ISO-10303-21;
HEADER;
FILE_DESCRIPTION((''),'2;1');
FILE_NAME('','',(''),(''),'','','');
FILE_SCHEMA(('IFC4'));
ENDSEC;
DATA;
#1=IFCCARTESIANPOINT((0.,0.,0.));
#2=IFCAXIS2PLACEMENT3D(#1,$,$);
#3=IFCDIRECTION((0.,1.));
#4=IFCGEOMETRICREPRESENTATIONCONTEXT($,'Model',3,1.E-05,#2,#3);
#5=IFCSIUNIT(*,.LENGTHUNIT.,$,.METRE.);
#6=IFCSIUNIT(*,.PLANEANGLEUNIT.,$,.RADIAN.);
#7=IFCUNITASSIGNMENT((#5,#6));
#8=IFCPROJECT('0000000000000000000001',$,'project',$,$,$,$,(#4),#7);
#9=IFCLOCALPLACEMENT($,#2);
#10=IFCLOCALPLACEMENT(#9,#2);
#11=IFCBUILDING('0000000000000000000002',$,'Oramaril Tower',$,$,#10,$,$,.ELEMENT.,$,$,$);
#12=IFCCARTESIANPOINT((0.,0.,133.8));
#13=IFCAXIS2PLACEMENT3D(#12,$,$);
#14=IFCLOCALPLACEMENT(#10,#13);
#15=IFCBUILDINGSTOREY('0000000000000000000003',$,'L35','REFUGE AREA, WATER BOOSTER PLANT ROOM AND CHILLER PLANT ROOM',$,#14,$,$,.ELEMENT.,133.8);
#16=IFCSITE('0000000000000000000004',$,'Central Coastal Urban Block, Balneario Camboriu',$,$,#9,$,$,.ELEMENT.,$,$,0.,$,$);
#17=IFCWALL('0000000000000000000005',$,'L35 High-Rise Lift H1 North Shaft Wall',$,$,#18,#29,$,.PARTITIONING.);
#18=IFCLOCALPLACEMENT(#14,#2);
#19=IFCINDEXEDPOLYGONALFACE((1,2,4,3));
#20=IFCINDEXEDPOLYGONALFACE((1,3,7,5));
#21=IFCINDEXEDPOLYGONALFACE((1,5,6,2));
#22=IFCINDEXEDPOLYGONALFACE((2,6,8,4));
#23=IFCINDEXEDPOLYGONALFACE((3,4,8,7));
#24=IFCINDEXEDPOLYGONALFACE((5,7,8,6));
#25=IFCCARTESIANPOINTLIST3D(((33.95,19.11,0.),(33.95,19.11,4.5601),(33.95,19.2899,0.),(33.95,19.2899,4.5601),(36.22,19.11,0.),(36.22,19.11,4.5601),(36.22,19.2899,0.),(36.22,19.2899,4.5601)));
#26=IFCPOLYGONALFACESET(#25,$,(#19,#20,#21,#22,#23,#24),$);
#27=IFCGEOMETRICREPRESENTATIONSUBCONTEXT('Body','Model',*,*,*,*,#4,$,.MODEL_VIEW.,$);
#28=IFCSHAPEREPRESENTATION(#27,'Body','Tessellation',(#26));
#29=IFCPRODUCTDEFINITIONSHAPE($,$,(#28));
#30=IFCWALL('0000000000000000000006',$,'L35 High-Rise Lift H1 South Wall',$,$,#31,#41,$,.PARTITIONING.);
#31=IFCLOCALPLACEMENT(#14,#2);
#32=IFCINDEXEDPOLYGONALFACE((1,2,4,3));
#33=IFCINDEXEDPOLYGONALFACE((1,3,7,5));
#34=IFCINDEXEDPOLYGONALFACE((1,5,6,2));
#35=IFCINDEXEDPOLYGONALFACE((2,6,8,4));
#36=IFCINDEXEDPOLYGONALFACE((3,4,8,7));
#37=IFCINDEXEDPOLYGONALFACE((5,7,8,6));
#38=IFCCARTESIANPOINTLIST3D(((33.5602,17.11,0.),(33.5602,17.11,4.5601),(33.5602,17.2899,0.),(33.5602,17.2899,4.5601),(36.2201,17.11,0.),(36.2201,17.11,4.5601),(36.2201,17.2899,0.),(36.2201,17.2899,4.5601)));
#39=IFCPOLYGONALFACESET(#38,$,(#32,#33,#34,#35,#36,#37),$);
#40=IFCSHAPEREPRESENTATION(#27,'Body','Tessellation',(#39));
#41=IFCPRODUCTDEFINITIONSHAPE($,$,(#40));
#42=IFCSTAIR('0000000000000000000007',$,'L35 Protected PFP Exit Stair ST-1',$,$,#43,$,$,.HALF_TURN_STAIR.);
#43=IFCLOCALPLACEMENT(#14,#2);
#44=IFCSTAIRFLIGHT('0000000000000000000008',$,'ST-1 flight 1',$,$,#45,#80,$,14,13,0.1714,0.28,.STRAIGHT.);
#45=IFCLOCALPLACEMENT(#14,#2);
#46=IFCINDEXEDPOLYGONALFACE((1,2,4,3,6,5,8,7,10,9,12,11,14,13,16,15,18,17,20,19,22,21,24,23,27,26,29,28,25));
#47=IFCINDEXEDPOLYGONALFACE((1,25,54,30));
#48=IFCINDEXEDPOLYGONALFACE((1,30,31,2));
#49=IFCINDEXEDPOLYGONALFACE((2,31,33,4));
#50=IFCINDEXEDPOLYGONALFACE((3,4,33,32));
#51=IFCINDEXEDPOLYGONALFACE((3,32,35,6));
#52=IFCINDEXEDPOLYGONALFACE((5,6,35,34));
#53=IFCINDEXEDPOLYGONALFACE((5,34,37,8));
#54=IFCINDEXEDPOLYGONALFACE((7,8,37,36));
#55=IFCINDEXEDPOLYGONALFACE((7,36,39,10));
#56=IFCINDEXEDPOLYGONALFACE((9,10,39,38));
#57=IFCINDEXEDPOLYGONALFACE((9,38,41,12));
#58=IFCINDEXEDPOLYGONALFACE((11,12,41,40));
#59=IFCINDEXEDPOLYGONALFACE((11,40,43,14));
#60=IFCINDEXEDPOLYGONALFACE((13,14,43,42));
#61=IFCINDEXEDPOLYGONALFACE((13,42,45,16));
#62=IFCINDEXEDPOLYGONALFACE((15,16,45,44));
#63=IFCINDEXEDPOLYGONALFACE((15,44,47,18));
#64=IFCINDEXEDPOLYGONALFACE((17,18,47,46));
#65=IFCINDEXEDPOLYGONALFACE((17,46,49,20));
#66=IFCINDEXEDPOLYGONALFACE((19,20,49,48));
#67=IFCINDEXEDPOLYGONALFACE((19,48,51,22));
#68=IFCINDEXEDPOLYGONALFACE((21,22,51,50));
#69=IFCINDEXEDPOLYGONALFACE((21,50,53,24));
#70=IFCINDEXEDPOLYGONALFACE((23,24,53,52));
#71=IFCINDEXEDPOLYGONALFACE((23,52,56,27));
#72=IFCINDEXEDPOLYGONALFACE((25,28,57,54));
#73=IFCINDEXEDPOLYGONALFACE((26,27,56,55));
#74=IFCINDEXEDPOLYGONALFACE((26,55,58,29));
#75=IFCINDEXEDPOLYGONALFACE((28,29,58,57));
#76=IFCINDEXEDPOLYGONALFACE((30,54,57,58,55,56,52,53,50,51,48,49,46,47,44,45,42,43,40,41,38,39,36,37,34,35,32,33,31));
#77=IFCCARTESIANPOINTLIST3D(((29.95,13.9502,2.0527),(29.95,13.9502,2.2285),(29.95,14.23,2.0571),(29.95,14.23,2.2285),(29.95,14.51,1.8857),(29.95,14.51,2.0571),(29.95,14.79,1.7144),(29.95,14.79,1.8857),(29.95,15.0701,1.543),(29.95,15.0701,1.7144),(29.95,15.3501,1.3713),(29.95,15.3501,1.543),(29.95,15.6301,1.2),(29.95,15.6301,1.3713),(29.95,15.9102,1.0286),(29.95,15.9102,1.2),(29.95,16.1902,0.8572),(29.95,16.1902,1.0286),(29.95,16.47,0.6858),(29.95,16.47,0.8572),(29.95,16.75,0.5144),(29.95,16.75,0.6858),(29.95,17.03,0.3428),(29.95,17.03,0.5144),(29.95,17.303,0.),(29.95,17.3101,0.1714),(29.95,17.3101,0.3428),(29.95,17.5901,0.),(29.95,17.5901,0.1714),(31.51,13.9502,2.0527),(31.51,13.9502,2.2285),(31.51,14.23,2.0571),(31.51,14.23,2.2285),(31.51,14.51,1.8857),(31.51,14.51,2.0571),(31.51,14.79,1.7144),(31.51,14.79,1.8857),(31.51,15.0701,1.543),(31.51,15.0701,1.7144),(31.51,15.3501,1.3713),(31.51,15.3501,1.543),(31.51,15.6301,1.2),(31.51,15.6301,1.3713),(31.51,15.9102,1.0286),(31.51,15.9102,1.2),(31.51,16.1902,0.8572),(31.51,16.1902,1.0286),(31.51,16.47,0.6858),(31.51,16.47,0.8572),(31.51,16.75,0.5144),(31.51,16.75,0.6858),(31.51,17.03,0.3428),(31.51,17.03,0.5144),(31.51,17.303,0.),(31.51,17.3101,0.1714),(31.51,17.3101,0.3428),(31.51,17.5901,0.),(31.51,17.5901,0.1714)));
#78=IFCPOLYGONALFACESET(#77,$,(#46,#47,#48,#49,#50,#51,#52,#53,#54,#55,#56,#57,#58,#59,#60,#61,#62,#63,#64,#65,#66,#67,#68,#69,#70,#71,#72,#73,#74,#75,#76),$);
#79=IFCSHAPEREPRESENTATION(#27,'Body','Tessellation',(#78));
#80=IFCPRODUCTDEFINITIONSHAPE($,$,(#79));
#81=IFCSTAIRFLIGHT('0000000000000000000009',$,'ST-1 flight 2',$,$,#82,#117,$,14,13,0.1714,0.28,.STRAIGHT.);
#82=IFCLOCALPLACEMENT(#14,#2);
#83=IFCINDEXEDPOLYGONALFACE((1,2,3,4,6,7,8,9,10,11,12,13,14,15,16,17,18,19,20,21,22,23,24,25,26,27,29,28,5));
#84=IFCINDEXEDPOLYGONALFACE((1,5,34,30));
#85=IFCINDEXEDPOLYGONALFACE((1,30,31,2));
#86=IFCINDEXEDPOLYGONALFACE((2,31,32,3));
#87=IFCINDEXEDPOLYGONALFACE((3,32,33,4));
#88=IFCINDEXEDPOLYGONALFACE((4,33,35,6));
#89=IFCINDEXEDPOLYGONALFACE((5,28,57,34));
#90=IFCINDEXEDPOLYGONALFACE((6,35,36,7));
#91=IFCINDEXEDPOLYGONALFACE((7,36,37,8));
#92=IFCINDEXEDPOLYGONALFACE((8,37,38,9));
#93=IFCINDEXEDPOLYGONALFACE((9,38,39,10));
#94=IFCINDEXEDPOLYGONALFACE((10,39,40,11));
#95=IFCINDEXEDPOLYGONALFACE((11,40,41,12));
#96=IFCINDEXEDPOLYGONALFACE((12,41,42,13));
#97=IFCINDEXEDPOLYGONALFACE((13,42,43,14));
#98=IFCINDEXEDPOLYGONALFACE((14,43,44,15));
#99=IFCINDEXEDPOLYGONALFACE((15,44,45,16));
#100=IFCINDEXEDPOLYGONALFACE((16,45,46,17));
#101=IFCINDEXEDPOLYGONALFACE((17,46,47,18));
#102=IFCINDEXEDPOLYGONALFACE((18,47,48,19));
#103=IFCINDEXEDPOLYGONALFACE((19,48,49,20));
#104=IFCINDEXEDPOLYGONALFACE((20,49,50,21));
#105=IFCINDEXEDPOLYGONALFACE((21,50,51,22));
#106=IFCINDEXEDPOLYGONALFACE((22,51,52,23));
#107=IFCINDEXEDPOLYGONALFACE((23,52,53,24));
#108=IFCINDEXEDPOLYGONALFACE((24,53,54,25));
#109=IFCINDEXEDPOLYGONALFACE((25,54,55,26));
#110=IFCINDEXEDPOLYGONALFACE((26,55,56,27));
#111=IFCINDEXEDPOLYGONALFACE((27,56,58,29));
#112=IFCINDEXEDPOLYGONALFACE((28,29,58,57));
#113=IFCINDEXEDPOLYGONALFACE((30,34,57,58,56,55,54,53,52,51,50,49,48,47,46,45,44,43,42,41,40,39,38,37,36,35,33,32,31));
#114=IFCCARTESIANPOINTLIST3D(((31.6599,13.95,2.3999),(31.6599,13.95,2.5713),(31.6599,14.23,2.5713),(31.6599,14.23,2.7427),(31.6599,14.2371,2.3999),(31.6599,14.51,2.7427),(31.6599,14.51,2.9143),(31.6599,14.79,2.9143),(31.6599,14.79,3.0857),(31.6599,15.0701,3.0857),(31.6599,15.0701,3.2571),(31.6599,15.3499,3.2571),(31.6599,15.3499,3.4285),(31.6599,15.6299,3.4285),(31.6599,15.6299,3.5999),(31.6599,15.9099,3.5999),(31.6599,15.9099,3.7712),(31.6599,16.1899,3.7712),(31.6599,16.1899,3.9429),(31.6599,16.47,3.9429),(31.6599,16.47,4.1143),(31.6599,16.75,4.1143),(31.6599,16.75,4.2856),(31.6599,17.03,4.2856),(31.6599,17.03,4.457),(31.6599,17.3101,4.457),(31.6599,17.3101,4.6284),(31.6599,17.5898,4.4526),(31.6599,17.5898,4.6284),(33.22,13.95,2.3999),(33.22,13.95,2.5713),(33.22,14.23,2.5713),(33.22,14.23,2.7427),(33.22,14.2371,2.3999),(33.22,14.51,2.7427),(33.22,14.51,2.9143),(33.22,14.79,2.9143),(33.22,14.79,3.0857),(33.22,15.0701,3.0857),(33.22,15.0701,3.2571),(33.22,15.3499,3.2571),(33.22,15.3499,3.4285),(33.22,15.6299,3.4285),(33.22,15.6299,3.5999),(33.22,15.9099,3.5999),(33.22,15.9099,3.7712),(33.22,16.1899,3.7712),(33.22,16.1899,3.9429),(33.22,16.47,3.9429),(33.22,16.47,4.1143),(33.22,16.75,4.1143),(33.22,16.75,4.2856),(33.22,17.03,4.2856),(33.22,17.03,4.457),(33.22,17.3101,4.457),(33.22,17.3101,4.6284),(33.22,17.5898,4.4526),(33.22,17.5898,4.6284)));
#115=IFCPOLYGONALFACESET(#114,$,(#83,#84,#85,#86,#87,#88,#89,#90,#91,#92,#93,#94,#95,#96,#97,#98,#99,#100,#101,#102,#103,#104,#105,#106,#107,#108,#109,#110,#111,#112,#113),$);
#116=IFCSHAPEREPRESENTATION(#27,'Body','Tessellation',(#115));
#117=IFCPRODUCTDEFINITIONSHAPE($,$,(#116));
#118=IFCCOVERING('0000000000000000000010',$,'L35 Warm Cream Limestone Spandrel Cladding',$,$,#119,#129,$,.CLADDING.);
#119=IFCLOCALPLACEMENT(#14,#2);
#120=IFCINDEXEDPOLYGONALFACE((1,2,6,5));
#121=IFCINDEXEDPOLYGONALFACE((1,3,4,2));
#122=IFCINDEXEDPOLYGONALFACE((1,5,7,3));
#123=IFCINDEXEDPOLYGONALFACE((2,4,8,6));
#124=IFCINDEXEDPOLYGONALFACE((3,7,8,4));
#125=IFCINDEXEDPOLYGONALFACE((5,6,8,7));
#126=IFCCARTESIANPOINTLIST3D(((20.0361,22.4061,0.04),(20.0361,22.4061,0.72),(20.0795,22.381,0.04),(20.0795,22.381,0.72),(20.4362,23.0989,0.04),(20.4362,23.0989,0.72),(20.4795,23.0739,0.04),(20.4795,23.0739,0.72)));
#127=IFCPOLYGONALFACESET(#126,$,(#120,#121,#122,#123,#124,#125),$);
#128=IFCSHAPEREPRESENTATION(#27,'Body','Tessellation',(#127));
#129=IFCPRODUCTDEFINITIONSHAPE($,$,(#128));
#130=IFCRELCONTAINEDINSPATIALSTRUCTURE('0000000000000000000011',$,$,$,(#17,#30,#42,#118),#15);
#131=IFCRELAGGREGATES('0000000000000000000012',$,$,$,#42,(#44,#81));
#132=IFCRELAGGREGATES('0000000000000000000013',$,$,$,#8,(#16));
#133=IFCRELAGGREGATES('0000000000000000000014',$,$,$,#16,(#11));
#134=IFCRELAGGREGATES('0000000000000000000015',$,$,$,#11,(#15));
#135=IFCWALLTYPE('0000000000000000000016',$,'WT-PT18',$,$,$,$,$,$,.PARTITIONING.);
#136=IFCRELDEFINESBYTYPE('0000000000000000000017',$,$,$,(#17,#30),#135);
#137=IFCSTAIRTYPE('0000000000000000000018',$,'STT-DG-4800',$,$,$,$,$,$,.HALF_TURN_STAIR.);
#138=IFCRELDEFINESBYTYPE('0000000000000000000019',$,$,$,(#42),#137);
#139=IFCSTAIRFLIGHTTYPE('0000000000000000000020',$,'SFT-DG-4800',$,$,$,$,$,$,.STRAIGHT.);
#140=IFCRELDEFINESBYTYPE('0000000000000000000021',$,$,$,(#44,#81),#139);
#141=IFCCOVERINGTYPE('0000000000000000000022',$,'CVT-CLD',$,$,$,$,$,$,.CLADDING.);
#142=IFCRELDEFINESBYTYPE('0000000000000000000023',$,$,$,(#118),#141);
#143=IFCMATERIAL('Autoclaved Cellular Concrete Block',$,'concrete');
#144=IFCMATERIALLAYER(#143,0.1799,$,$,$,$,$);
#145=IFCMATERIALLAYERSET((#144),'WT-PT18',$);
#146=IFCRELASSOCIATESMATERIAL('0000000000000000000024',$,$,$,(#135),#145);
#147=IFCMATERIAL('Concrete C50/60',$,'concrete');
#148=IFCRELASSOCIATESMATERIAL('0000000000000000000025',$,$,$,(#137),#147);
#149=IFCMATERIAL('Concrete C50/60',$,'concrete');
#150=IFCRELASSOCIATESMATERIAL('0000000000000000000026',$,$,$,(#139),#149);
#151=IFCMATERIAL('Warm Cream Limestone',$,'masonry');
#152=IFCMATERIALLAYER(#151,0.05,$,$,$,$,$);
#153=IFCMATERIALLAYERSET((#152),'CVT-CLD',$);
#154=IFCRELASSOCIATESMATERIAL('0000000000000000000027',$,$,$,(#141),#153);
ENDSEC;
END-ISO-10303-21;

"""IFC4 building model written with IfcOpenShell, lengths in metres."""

from ifc_helpers import new_model, si_unit, direction, frame, frame_2d, origin, origin_2d, place, context, subcontext, project, spatial, polyline, rectangle, outline, extrude, material, layer, layer_set, type_object, element, aggregate, save


model = new_model("IFC4")

# Units and contexts
model_context = context("Model", 3, precision=1e-05, world=origin(), true_north=direction((0.0, 1.0)))
body_context = subcontext(model_context, "Body", "Model", "MODEL_VIEW")
ifc_project = project(units=[si_unit("LENGTHUNIT", "METRE"), si_unit("PLANEANGLEUNIT", "RADIAN")], contexts=[model_context])

# Site, building, storey
site_placement = place(None, origin())
site = spatial("IfcSite", under=ifc_project, at=site_placement, Name="Central Coastal Urban Block, Balneario Camboriu", CompositionType="ELEMENT", RefElevation=0.0)
building_placement = place(site_placement, origin())
building = spatial("IfcBuilding", under=site, at=building_placement, Name="Oramaril Tower", CompositionType="ELEMENT")
storey_placement = place(building_placement, frame((0.0, 0.0, 133.8)))
storey = spatial("IfcBuildingStorey", under=building, at=storey_placement, Name="L35", Description="REFUGE AREA, WATER BOOSTER PLANT ROOM AND CHILLER PLANT ROOM", CompositionType="ELEMENT", Elevation=133.8)

# Walls
ifc_material_1 = material(Name="Autoclaved Cellular Concrete Block", Category="concrete")
ifc_layer_1 = layer(ifc_material_1, 0.1799)
ifc_layer_set_1 = layer_set([ifc_layer_1], Name="WT-PT18")
wall_type_1 = type_object("IfcWallType", Name="WT-PT18", PredefinedType="PARTITIONING", material=ifc_layer_set_1)
wall_1_placement = place(storey_placement, frame((33.95, 19.2, 0.0), z_axis=(0.0, 0.0, 1.0), x_axis=(1.0, 0.0, 0.0)))
element("IfcWall", 1, at=wall_1_placement, inside=storey, type_object=wall_type_1, Name="L35 High-Rise Lift H1 North Shaft Wall", PredefinedType="PARTITIONING", context=body_context, shape_type="SweptSolid", body=[
    extrude(rectangle(XDim=2.27, YDim=0.1799, at=frame_2d((1.135, 0.0))), origin(), (0.0, 0.0, 1.0), 4.5601),
])
wall_2_placement = place(storey_placement, frame((33.5601, 17.2, 0.0), z_axis=(0.0, 0.0, 1.0), x_axis=(1.0, 0.0, 0.0)))
element("IfcWall", 2, at=wall_2_placement, inside=storey, type_object=wall_type_1, Name="L35 High-Rise Lift H1 South Wall", PredefinedType="PARTITIONING", context=body_context, shape_type="SweptSolid", body=[
    extrude(rectangle(XDim=2.6599, YDim=0.1799, at=frame_2d((1.3301, 0.0))), origin(), (0.0, 0.0, 1.0), 4.5601),
])

# Stair, stair flights
ifc_material_2 = material(Name="Concrete C50/60", Category="concrete")
stair_type = type_object("IfcStairType", Name="STT-DG-4800", PredefinedType="HALF_TURN_STAIR", material=ifc_material_2)
stair_placement = place(storey_placement, origin())
stair = element("IfcStair", 3, at=stair_placement, inside=storey, type_object=stair_type, Name="L35 Protected PFP Exit Stair ST-1", PredefinedType="HALF_TURN_STAIR")
ifc_material_3 = material(Name="Concrete C50/60", Category="concrete")
stair_flight_type = type_object("IfcStairFlightType", Name="SFT-DG-4800", PredefinedType="STRAIGHT", material=ifc_material_3)
stair_flight_1_placement = place(storey_placement, frame((30.73, 17.5901, 0.0), z_axis=(0.0, 0.0, 1.0), x_axis=(0.0, -1.0, 0.0)))
stair_flight_1 = element("IfcStairFlight", 4, at=stair_flight_1_placement, type_object=stair_flight_type, Name="ST-1 flight 1", NumberOfRisers=14, NumberOfTreads=13, PredefinedType="STRAIGHT", RiserHeight=0.1714, TreadLength=0.28, context=body_context, shape_type="SweptSolid", body=[
    extrude(outline(polyline([(0.0, 0.0), (0.0, 0.1714), (0.28, 0.1714), (0.28, 0.3428), (0.5601, 0.3428), (0.5601, 0.5144), (0.8401, 0.5144), (0.8401, 0.6858), (1.1201, 0.6858), (1.1201, 0.8572), (1.3999, 0.8572), (1.3999, 1.0286), (1.6799, 1.0286), (1.6799, 1.2), (1.96, 1.2), (1.96, 1.3713), (2.24, 1.3713), (2.24, 1.543), (2.52, 1.543), (2.52, 1.7144), (2.8, 1.7144), (2.8, 1.8857), (3.0801, 1.8857), (3.0801, 2.0571), (3.3601, 2.0571), (3.3601, 2.2285), (3.6399, 2.2285), (3.6399, 2.3999), (3.6399, 2.0527), (0.2871, 0.0), (0.0, 0.0)])), frame((0.0, 0.78, 0.0), z_axis=(0.0, -1.0, 0.0), x_axis=(1.0, 0.0, 0.0)), (0.0, 0.0, 1.0), 1.5601),
])
stair_flight_2_placement = place(storey_placement, frame((32.4399, 13.95, 2.3999), z_axis=(0.0, 0.0, 1.0), x_axis=(0.0, 1.0, 0.0)))
stair_flight_2 = element("IfcStairFlight", 5, at=stair_flight_2_placement, type_object=stair_flight_type, Name="ST-1 flight 2", NumberOfRisers=14, NumberOfTreads=13, PredefinedType="STRAIGHT", RiserHeight=0.1714, TreadLength=0.28, context=body_context, shape_type="SweptSolid", body=[
    extrude(outline(polyline([(0.0, 0.0), (0.0, 0.1714), (0.28, 0.1714), (0.28, 0.3428), (0.5601, 0.3428), (0.5601, 0.5144), (0.8401, 0.5144), (0.8401, 0.6858), (1.1201, 0.6858), (1.1201, 0.8572), (1.3999, 0.8572), (1.3999, 1.0286), (1.6799, 1.0286), (1.6799, 1.2), (1.96, 1.2), (1.96, 1.3713), (2.24, 1.3713), (2.24, 1.543), (2.52, 1.543), (2.52, 1.7144), (2.8, 1.7144), (2.8, 1.8857), (3.0801, 1.8857), (3.0801, 2.0571), (3.3601, 2.0571), (3.3601, 2.2285), (3.6399, 2.2285), (3.6399, 2.3999), (3.6399, 2.0527), (0.2871, 0.0), (0.0, 0.0)])), frame((0.0, 0.78, 0.0), z_axis=(0.0, -1.0, 0.0), x_axis=(1.0, 0.0, 0.0)), (0.0, 0.0, 1.0), 1.5601),
])
aggregate(stair, [stair_flight_1, stair_flight_2])

# Covering
ifc_material_4 = material(Name="Warm Cream Limestone", Category="masonry")
ifc_layer_2 = layer(ifc_material_4, 0.05)
ifc_layer_set_2 = layer_set([ifc_layer_2], Name="CVT-CLD")
covering_type = type_object("IfcCoveringType", Name="CVT-CLD", PredefinedType="CLADDING", material=ifc_layer_set_2)
covering_placement = place(storey_placement, frame((20.2578, 22.74, 0.04), z_axis=(0.0, 0.0, 1.0), x_axis=(-0.500002, -0.866025, 0.0)))
element("IfcCovering", 6, at=covering_placement, inside=storey, type_object=covering_type, Name="L35 Warm Cream Limestone Spandrel Cladding", PredefinedType="CLADDING", context=body_context, shape_type="SweptSolid", body=[
    extrude(rectangle(XDim=0.8, YDim=0.05, at=origin_2d()), origin(), (0.0, 0.0, 1.0), 0.6799),
])

save(model, "model.ifc")
